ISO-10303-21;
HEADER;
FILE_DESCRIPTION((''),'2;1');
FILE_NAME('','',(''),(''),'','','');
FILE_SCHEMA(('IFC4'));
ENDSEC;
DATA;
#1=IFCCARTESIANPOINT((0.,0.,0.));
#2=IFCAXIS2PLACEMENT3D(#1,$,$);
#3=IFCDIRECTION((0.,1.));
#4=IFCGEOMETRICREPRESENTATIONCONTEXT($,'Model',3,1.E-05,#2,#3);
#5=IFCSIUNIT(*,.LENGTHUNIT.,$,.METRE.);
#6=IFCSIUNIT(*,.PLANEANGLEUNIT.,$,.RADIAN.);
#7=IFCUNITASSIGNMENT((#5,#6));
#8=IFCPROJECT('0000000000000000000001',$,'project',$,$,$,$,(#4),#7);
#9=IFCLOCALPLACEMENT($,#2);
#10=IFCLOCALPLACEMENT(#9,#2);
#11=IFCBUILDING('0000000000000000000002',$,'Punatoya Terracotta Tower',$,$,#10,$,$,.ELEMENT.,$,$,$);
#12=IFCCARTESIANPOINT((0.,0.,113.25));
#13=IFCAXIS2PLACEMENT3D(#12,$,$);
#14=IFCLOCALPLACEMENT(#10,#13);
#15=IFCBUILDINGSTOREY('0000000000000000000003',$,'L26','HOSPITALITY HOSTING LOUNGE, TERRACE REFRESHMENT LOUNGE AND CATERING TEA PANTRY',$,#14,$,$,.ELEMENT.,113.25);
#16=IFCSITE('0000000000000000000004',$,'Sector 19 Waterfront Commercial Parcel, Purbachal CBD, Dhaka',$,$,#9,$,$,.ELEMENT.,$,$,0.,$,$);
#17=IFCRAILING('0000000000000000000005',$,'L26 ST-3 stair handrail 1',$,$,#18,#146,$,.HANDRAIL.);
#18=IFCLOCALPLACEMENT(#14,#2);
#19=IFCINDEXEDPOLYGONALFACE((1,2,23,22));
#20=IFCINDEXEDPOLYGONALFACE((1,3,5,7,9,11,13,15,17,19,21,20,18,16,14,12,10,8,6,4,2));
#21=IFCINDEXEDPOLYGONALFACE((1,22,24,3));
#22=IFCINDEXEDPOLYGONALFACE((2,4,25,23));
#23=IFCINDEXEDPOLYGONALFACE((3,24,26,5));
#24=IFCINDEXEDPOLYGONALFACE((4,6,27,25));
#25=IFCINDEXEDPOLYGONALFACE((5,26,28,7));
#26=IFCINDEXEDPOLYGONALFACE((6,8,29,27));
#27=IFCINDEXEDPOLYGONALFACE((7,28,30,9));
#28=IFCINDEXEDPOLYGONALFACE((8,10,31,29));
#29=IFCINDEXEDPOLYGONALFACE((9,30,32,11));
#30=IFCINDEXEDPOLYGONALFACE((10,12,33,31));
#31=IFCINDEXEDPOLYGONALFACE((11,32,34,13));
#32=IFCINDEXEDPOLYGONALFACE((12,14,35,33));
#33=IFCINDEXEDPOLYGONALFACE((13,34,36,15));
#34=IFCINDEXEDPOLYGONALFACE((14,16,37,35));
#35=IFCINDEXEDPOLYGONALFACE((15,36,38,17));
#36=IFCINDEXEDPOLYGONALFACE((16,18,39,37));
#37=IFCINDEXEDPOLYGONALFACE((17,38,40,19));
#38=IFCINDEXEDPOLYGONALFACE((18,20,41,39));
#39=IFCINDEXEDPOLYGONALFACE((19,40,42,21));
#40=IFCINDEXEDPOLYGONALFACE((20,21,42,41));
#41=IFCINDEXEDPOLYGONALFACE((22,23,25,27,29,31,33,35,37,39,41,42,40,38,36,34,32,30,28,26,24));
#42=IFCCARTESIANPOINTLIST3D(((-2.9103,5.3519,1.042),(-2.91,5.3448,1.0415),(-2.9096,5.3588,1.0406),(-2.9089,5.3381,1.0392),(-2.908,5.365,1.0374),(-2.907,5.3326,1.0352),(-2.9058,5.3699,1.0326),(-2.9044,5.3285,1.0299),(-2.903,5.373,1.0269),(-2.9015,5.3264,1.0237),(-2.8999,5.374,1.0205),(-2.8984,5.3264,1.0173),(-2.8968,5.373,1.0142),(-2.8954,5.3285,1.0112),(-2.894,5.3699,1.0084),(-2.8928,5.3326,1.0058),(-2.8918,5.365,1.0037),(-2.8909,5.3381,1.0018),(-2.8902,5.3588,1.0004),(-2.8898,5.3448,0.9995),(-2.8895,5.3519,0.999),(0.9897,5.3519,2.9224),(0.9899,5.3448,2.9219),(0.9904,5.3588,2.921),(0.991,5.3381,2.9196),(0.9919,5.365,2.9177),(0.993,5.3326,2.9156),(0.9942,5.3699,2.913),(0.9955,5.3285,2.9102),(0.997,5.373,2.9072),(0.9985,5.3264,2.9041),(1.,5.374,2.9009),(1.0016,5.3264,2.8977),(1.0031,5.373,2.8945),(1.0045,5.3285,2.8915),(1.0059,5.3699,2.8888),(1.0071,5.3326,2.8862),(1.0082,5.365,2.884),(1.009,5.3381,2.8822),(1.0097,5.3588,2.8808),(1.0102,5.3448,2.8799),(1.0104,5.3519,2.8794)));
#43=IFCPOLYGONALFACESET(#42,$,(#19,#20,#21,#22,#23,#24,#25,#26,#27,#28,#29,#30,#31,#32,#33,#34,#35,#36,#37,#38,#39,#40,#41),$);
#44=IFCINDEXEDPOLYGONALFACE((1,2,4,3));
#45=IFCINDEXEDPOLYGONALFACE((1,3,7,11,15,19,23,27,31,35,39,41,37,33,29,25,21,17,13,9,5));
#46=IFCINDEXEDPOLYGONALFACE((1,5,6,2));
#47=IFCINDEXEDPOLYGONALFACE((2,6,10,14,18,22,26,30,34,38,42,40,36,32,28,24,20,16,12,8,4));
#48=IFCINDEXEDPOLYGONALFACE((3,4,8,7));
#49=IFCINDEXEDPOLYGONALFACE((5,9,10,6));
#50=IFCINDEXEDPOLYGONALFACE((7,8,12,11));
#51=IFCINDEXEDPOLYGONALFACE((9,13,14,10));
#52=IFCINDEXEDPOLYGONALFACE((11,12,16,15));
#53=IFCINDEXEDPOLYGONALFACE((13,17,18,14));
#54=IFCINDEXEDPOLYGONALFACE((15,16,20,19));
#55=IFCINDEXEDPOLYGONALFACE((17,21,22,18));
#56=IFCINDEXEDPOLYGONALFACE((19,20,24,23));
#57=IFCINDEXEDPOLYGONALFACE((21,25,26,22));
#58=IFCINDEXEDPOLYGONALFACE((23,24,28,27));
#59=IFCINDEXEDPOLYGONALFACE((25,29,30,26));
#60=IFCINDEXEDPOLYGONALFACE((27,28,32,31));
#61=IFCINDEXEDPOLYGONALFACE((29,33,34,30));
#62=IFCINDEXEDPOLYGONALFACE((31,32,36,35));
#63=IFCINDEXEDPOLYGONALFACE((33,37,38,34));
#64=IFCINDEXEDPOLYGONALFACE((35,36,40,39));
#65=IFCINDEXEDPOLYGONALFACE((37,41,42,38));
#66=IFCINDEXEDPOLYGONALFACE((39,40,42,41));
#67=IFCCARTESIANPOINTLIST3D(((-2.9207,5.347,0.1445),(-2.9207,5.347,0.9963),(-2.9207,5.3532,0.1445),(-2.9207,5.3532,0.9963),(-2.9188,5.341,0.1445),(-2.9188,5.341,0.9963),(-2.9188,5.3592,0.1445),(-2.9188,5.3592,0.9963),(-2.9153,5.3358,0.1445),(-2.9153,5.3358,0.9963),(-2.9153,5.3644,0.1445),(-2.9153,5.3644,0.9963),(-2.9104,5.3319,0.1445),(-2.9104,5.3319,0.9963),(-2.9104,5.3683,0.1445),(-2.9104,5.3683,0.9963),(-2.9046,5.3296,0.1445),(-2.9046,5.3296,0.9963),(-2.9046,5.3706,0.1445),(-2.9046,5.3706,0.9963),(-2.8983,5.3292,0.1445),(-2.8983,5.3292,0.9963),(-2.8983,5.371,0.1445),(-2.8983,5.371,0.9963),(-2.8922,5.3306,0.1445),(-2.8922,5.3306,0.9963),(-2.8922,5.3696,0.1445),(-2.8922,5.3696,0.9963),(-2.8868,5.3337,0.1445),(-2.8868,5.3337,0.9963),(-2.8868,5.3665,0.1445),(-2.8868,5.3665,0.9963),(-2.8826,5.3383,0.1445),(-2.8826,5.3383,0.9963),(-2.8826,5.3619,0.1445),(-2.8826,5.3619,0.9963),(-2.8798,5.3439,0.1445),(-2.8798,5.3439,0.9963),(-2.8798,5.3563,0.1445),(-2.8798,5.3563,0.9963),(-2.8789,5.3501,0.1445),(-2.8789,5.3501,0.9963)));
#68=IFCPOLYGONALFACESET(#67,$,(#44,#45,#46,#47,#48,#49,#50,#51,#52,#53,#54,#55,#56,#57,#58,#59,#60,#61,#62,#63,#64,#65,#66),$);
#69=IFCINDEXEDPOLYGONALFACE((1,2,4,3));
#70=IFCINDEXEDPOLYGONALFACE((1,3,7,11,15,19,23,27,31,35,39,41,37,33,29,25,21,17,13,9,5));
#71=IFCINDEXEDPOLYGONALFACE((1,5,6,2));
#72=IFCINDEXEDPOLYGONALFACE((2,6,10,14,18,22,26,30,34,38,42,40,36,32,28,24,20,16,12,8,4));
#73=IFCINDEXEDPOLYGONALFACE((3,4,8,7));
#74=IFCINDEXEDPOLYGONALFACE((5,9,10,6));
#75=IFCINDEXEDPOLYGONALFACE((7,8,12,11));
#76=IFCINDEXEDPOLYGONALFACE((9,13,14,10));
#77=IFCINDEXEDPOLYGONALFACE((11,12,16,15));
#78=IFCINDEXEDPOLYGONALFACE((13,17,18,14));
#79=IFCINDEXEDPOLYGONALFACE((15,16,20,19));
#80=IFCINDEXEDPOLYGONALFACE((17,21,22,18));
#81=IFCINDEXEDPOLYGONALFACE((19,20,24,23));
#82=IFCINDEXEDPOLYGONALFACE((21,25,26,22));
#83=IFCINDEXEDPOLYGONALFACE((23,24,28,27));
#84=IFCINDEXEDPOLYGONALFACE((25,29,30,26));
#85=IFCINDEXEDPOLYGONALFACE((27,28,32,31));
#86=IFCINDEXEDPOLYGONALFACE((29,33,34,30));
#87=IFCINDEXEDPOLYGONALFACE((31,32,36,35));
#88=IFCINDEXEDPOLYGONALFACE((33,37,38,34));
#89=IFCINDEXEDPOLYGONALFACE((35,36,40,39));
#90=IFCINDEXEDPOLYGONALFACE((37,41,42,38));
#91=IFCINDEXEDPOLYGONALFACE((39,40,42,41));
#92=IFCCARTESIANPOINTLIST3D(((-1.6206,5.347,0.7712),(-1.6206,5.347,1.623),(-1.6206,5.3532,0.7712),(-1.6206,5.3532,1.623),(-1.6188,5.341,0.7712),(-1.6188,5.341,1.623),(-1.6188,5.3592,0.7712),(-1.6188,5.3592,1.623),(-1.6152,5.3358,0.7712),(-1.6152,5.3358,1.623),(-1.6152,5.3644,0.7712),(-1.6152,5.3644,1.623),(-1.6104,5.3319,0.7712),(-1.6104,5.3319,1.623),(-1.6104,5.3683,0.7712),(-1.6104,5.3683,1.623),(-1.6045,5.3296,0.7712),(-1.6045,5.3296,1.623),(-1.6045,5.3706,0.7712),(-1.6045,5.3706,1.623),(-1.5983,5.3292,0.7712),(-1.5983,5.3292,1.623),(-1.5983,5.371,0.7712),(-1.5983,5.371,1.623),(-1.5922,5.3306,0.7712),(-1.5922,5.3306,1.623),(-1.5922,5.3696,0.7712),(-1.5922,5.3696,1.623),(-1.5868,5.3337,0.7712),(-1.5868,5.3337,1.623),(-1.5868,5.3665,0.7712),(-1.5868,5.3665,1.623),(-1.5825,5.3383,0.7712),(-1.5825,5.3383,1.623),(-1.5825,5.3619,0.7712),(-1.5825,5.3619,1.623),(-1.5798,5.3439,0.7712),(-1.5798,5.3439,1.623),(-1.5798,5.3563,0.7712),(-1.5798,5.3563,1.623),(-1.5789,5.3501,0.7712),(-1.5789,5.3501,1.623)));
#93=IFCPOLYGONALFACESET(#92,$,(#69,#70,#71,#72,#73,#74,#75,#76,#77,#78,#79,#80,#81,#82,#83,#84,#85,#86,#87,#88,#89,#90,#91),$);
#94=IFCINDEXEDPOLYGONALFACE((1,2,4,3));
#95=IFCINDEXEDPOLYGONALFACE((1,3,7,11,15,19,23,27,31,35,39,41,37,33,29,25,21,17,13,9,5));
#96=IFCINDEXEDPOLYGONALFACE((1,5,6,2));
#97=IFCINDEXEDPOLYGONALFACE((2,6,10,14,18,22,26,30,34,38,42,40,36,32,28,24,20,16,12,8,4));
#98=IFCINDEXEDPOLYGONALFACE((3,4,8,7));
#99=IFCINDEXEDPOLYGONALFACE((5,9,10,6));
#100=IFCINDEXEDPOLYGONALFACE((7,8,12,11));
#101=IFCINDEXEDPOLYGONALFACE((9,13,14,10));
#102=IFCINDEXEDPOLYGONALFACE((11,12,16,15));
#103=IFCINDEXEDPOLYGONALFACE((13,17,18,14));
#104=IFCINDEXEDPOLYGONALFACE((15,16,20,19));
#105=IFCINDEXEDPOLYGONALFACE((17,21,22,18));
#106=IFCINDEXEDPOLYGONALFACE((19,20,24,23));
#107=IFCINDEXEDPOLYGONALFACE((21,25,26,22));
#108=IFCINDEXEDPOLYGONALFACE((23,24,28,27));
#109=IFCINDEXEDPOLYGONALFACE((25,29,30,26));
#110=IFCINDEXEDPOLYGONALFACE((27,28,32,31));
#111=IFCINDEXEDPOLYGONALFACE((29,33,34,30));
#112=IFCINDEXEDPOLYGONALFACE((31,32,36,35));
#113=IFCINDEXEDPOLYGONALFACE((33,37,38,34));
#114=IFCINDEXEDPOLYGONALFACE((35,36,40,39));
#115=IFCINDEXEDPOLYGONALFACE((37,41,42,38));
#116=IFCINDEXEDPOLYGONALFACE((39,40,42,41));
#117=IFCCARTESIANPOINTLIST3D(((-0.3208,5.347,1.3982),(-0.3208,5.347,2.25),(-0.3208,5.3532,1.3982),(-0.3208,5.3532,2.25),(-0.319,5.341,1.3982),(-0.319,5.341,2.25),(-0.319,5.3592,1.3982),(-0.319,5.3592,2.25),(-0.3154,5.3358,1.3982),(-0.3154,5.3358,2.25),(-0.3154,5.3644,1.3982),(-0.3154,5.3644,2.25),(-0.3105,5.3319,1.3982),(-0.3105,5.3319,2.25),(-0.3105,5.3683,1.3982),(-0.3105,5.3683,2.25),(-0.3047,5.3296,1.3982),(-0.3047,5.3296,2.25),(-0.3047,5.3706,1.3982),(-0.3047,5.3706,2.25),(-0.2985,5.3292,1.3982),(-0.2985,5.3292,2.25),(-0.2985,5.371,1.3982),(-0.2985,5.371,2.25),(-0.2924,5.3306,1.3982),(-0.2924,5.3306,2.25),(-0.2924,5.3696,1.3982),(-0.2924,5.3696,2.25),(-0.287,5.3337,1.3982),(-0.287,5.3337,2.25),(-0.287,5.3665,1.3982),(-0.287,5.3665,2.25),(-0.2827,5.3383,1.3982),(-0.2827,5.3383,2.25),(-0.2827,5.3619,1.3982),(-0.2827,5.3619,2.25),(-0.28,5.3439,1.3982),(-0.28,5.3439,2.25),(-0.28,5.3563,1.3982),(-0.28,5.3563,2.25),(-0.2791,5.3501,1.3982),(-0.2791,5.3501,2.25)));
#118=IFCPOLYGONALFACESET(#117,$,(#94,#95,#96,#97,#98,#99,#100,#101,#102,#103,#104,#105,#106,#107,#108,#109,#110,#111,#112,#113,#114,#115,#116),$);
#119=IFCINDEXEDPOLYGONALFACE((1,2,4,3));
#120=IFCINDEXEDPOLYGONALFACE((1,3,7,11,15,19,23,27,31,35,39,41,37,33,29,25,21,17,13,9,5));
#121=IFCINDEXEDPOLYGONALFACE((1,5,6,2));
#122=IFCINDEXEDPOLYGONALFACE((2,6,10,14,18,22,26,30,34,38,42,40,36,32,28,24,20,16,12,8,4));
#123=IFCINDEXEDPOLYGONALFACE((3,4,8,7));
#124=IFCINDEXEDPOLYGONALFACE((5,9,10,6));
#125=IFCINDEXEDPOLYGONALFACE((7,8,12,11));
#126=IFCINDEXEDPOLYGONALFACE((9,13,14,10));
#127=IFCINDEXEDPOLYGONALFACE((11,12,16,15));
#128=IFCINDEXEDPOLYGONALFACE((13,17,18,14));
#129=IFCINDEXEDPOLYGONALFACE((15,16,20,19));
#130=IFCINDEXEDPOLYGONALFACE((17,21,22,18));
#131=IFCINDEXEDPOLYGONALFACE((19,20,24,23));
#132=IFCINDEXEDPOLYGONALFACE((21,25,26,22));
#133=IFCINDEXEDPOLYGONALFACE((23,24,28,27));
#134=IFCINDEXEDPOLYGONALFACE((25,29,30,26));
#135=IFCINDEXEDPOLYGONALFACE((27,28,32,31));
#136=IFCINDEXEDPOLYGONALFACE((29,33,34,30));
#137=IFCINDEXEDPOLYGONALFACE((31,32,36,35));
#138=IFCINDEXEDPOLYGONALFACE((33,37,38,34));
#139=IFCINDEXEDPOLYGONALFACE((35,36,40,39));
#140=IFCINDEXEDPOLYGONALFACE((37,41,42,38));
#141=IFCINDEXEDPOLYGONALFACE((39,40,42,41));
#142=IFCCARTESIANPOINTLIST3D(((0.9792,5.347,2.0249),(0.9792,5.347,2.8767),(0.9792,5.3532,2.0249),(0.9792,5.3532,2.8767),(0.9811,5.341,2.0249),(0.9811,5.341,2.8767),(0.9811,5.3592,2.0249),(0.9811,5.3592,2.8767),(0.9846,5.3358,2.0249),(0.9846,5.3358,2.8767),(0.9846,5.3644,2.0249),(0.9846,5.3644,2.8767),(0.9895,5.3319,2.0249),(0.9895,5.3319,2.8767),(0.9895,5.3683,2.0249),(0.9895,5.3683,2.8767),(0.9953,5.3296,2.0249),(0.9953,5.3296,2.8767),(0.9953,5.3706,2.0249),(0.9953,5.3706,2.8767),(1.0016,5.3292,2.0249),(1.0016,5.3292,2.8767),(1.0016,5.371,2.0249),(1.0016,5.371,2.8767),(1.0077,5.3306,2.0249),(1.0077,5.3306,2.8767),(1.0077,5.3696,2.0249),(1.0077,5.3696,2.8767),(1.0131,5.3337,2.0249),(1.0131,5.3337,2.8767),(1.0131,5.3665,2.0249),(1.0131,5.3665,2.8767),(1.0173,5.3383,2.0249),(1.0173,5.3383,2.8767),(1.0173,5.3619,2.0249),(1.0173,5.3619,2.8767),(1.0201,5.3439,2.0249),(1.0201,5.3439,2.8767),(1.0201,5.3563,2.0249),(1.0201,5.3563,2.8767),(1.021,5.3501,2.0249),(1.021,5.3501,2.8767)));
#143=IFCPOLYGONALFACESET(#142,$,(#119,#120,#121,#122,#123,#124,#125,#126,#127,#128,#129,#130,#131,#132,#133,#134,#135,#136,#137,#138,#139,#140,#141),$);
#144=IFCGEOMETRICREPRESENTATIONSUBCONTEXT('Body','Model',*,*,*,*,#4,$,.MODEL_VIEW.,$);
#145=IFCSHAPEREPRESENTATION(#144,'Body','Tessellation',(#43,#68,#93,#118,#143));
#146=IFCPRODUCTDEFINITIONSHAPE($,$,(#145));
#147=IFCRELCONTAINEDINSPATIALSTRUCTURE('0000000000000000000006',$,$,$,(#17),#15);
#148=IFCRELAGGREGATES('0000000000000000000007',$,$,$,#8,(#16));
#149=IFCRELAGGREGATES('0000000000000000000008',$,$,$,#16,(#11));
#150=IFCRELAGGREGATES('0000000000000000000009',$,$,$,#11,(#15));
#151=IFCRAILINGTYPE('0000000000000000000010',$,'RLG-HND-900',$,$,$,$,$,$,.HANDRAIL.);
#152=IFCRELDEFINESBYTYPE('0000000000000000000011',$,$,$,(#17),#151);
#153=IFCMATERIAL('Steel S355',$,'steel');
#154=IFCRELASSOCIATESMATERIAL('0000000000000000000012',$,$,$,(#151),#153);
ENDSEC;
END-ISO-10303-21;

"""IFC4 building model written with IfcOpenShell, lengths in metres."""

from ifc_helpers import new_model, si_unit, direction, frame, origin, origin_2d, place, context, subcontext, project, spatial, circle, extrude, material, type_object, element, save


model = new_model("IFC4")

# Units and contexts
model_context = context("Model", 3, precision=1e-05, world=origin(), true_north=direction((0.0, 1.0)))
body_context = subcontext(model_context, "Body", "Model", "MODEL_VIEW")
ifc_project = project(units=[si_unit("LENGTHUNIT", "METRE"), si_unit("PLANEANGLEUNIT", "RADIAN")], contexts=[model_context])

# Site, building, storey
site_placement = place(None, origin())
site = spatial("IfcSite", under=ifc_project, at=site_placement, Name="Sector 19 Waterfront Commercial Parcel, Purbachal CBD, Dhaka", CompositionType="ELEMENT", RefElevation=0.0)
building_placement = place(site_placement, origin())
building = spatial("IfcBuilding", under=site, at=building_placement, Name="Punatoya Terracotta Tower", CompositionType="ELEMENT")
storey_placement = place(building_placement, frame((0.0, 0.0, 113.25)))
storey = spatial("IfcBuildingStorey", under=building, at=storey_placement, Name="L26", Description="HOSPITALITY HOSTING LOUNGE, TERRACE REFRESHMENT LOUNGE AND CATERING TEA PANTRY", CompositionType="ELEMENT", Elevation=113.25)

# Shared definitions
ifc_material_1 = material(Name="Steel S355", Category="steel")

# Railing
railing_type_1 = type_object("IfcRailingType", Name="RLG-HND-900", PredefinedType="HANDRAIL", material=ifc_material_1)
railing_1_placement = place(storey_placement, frame((-2.8999, 5.3501, 0.1445)))
element("IfcRailing", 1, at=railing_1_placement, inside=storey, type_object=railing_type_1, Name="L26 ST-3 stair handrail 1", PredefinedType="HANDRAIL", context=body_context, shape_type="SweptSolid", body=[
    extrude(circle(Radius=0.0239, at=origin_2d()), frame((0.0, 0.0, 0.876), z_axis=(0.900763, 0.0, 0.434311), x_axis=(0.0, 1.0, 0.0)), (0.0, 0.0, 1.0), 4.3296),
    extrude(circle(Radius=0.021, at=origin_2d()), origin(), (0.0, 0.0, 1.0), 0.8518),
    extrude(circle(Radius=0.021, at=origin_2d()), frame((1.3, 0.0, 0.6267)), (0.0, 0.0, 1.0), 0.8518),
    extrude(circle(Radius=0.021, at=origin_2d()), frame((2.5999, 0.0, 1.2537)), (0.0, 0.0, 1.0), 0.8518),
    extrude(circle(Radius=0.021, at=origin_2d()), frame((3.8999, 0.0, 1.8804)), (0.0, 0.0, 1.0), 0.8518),
])

save(model, "model.ifc")
